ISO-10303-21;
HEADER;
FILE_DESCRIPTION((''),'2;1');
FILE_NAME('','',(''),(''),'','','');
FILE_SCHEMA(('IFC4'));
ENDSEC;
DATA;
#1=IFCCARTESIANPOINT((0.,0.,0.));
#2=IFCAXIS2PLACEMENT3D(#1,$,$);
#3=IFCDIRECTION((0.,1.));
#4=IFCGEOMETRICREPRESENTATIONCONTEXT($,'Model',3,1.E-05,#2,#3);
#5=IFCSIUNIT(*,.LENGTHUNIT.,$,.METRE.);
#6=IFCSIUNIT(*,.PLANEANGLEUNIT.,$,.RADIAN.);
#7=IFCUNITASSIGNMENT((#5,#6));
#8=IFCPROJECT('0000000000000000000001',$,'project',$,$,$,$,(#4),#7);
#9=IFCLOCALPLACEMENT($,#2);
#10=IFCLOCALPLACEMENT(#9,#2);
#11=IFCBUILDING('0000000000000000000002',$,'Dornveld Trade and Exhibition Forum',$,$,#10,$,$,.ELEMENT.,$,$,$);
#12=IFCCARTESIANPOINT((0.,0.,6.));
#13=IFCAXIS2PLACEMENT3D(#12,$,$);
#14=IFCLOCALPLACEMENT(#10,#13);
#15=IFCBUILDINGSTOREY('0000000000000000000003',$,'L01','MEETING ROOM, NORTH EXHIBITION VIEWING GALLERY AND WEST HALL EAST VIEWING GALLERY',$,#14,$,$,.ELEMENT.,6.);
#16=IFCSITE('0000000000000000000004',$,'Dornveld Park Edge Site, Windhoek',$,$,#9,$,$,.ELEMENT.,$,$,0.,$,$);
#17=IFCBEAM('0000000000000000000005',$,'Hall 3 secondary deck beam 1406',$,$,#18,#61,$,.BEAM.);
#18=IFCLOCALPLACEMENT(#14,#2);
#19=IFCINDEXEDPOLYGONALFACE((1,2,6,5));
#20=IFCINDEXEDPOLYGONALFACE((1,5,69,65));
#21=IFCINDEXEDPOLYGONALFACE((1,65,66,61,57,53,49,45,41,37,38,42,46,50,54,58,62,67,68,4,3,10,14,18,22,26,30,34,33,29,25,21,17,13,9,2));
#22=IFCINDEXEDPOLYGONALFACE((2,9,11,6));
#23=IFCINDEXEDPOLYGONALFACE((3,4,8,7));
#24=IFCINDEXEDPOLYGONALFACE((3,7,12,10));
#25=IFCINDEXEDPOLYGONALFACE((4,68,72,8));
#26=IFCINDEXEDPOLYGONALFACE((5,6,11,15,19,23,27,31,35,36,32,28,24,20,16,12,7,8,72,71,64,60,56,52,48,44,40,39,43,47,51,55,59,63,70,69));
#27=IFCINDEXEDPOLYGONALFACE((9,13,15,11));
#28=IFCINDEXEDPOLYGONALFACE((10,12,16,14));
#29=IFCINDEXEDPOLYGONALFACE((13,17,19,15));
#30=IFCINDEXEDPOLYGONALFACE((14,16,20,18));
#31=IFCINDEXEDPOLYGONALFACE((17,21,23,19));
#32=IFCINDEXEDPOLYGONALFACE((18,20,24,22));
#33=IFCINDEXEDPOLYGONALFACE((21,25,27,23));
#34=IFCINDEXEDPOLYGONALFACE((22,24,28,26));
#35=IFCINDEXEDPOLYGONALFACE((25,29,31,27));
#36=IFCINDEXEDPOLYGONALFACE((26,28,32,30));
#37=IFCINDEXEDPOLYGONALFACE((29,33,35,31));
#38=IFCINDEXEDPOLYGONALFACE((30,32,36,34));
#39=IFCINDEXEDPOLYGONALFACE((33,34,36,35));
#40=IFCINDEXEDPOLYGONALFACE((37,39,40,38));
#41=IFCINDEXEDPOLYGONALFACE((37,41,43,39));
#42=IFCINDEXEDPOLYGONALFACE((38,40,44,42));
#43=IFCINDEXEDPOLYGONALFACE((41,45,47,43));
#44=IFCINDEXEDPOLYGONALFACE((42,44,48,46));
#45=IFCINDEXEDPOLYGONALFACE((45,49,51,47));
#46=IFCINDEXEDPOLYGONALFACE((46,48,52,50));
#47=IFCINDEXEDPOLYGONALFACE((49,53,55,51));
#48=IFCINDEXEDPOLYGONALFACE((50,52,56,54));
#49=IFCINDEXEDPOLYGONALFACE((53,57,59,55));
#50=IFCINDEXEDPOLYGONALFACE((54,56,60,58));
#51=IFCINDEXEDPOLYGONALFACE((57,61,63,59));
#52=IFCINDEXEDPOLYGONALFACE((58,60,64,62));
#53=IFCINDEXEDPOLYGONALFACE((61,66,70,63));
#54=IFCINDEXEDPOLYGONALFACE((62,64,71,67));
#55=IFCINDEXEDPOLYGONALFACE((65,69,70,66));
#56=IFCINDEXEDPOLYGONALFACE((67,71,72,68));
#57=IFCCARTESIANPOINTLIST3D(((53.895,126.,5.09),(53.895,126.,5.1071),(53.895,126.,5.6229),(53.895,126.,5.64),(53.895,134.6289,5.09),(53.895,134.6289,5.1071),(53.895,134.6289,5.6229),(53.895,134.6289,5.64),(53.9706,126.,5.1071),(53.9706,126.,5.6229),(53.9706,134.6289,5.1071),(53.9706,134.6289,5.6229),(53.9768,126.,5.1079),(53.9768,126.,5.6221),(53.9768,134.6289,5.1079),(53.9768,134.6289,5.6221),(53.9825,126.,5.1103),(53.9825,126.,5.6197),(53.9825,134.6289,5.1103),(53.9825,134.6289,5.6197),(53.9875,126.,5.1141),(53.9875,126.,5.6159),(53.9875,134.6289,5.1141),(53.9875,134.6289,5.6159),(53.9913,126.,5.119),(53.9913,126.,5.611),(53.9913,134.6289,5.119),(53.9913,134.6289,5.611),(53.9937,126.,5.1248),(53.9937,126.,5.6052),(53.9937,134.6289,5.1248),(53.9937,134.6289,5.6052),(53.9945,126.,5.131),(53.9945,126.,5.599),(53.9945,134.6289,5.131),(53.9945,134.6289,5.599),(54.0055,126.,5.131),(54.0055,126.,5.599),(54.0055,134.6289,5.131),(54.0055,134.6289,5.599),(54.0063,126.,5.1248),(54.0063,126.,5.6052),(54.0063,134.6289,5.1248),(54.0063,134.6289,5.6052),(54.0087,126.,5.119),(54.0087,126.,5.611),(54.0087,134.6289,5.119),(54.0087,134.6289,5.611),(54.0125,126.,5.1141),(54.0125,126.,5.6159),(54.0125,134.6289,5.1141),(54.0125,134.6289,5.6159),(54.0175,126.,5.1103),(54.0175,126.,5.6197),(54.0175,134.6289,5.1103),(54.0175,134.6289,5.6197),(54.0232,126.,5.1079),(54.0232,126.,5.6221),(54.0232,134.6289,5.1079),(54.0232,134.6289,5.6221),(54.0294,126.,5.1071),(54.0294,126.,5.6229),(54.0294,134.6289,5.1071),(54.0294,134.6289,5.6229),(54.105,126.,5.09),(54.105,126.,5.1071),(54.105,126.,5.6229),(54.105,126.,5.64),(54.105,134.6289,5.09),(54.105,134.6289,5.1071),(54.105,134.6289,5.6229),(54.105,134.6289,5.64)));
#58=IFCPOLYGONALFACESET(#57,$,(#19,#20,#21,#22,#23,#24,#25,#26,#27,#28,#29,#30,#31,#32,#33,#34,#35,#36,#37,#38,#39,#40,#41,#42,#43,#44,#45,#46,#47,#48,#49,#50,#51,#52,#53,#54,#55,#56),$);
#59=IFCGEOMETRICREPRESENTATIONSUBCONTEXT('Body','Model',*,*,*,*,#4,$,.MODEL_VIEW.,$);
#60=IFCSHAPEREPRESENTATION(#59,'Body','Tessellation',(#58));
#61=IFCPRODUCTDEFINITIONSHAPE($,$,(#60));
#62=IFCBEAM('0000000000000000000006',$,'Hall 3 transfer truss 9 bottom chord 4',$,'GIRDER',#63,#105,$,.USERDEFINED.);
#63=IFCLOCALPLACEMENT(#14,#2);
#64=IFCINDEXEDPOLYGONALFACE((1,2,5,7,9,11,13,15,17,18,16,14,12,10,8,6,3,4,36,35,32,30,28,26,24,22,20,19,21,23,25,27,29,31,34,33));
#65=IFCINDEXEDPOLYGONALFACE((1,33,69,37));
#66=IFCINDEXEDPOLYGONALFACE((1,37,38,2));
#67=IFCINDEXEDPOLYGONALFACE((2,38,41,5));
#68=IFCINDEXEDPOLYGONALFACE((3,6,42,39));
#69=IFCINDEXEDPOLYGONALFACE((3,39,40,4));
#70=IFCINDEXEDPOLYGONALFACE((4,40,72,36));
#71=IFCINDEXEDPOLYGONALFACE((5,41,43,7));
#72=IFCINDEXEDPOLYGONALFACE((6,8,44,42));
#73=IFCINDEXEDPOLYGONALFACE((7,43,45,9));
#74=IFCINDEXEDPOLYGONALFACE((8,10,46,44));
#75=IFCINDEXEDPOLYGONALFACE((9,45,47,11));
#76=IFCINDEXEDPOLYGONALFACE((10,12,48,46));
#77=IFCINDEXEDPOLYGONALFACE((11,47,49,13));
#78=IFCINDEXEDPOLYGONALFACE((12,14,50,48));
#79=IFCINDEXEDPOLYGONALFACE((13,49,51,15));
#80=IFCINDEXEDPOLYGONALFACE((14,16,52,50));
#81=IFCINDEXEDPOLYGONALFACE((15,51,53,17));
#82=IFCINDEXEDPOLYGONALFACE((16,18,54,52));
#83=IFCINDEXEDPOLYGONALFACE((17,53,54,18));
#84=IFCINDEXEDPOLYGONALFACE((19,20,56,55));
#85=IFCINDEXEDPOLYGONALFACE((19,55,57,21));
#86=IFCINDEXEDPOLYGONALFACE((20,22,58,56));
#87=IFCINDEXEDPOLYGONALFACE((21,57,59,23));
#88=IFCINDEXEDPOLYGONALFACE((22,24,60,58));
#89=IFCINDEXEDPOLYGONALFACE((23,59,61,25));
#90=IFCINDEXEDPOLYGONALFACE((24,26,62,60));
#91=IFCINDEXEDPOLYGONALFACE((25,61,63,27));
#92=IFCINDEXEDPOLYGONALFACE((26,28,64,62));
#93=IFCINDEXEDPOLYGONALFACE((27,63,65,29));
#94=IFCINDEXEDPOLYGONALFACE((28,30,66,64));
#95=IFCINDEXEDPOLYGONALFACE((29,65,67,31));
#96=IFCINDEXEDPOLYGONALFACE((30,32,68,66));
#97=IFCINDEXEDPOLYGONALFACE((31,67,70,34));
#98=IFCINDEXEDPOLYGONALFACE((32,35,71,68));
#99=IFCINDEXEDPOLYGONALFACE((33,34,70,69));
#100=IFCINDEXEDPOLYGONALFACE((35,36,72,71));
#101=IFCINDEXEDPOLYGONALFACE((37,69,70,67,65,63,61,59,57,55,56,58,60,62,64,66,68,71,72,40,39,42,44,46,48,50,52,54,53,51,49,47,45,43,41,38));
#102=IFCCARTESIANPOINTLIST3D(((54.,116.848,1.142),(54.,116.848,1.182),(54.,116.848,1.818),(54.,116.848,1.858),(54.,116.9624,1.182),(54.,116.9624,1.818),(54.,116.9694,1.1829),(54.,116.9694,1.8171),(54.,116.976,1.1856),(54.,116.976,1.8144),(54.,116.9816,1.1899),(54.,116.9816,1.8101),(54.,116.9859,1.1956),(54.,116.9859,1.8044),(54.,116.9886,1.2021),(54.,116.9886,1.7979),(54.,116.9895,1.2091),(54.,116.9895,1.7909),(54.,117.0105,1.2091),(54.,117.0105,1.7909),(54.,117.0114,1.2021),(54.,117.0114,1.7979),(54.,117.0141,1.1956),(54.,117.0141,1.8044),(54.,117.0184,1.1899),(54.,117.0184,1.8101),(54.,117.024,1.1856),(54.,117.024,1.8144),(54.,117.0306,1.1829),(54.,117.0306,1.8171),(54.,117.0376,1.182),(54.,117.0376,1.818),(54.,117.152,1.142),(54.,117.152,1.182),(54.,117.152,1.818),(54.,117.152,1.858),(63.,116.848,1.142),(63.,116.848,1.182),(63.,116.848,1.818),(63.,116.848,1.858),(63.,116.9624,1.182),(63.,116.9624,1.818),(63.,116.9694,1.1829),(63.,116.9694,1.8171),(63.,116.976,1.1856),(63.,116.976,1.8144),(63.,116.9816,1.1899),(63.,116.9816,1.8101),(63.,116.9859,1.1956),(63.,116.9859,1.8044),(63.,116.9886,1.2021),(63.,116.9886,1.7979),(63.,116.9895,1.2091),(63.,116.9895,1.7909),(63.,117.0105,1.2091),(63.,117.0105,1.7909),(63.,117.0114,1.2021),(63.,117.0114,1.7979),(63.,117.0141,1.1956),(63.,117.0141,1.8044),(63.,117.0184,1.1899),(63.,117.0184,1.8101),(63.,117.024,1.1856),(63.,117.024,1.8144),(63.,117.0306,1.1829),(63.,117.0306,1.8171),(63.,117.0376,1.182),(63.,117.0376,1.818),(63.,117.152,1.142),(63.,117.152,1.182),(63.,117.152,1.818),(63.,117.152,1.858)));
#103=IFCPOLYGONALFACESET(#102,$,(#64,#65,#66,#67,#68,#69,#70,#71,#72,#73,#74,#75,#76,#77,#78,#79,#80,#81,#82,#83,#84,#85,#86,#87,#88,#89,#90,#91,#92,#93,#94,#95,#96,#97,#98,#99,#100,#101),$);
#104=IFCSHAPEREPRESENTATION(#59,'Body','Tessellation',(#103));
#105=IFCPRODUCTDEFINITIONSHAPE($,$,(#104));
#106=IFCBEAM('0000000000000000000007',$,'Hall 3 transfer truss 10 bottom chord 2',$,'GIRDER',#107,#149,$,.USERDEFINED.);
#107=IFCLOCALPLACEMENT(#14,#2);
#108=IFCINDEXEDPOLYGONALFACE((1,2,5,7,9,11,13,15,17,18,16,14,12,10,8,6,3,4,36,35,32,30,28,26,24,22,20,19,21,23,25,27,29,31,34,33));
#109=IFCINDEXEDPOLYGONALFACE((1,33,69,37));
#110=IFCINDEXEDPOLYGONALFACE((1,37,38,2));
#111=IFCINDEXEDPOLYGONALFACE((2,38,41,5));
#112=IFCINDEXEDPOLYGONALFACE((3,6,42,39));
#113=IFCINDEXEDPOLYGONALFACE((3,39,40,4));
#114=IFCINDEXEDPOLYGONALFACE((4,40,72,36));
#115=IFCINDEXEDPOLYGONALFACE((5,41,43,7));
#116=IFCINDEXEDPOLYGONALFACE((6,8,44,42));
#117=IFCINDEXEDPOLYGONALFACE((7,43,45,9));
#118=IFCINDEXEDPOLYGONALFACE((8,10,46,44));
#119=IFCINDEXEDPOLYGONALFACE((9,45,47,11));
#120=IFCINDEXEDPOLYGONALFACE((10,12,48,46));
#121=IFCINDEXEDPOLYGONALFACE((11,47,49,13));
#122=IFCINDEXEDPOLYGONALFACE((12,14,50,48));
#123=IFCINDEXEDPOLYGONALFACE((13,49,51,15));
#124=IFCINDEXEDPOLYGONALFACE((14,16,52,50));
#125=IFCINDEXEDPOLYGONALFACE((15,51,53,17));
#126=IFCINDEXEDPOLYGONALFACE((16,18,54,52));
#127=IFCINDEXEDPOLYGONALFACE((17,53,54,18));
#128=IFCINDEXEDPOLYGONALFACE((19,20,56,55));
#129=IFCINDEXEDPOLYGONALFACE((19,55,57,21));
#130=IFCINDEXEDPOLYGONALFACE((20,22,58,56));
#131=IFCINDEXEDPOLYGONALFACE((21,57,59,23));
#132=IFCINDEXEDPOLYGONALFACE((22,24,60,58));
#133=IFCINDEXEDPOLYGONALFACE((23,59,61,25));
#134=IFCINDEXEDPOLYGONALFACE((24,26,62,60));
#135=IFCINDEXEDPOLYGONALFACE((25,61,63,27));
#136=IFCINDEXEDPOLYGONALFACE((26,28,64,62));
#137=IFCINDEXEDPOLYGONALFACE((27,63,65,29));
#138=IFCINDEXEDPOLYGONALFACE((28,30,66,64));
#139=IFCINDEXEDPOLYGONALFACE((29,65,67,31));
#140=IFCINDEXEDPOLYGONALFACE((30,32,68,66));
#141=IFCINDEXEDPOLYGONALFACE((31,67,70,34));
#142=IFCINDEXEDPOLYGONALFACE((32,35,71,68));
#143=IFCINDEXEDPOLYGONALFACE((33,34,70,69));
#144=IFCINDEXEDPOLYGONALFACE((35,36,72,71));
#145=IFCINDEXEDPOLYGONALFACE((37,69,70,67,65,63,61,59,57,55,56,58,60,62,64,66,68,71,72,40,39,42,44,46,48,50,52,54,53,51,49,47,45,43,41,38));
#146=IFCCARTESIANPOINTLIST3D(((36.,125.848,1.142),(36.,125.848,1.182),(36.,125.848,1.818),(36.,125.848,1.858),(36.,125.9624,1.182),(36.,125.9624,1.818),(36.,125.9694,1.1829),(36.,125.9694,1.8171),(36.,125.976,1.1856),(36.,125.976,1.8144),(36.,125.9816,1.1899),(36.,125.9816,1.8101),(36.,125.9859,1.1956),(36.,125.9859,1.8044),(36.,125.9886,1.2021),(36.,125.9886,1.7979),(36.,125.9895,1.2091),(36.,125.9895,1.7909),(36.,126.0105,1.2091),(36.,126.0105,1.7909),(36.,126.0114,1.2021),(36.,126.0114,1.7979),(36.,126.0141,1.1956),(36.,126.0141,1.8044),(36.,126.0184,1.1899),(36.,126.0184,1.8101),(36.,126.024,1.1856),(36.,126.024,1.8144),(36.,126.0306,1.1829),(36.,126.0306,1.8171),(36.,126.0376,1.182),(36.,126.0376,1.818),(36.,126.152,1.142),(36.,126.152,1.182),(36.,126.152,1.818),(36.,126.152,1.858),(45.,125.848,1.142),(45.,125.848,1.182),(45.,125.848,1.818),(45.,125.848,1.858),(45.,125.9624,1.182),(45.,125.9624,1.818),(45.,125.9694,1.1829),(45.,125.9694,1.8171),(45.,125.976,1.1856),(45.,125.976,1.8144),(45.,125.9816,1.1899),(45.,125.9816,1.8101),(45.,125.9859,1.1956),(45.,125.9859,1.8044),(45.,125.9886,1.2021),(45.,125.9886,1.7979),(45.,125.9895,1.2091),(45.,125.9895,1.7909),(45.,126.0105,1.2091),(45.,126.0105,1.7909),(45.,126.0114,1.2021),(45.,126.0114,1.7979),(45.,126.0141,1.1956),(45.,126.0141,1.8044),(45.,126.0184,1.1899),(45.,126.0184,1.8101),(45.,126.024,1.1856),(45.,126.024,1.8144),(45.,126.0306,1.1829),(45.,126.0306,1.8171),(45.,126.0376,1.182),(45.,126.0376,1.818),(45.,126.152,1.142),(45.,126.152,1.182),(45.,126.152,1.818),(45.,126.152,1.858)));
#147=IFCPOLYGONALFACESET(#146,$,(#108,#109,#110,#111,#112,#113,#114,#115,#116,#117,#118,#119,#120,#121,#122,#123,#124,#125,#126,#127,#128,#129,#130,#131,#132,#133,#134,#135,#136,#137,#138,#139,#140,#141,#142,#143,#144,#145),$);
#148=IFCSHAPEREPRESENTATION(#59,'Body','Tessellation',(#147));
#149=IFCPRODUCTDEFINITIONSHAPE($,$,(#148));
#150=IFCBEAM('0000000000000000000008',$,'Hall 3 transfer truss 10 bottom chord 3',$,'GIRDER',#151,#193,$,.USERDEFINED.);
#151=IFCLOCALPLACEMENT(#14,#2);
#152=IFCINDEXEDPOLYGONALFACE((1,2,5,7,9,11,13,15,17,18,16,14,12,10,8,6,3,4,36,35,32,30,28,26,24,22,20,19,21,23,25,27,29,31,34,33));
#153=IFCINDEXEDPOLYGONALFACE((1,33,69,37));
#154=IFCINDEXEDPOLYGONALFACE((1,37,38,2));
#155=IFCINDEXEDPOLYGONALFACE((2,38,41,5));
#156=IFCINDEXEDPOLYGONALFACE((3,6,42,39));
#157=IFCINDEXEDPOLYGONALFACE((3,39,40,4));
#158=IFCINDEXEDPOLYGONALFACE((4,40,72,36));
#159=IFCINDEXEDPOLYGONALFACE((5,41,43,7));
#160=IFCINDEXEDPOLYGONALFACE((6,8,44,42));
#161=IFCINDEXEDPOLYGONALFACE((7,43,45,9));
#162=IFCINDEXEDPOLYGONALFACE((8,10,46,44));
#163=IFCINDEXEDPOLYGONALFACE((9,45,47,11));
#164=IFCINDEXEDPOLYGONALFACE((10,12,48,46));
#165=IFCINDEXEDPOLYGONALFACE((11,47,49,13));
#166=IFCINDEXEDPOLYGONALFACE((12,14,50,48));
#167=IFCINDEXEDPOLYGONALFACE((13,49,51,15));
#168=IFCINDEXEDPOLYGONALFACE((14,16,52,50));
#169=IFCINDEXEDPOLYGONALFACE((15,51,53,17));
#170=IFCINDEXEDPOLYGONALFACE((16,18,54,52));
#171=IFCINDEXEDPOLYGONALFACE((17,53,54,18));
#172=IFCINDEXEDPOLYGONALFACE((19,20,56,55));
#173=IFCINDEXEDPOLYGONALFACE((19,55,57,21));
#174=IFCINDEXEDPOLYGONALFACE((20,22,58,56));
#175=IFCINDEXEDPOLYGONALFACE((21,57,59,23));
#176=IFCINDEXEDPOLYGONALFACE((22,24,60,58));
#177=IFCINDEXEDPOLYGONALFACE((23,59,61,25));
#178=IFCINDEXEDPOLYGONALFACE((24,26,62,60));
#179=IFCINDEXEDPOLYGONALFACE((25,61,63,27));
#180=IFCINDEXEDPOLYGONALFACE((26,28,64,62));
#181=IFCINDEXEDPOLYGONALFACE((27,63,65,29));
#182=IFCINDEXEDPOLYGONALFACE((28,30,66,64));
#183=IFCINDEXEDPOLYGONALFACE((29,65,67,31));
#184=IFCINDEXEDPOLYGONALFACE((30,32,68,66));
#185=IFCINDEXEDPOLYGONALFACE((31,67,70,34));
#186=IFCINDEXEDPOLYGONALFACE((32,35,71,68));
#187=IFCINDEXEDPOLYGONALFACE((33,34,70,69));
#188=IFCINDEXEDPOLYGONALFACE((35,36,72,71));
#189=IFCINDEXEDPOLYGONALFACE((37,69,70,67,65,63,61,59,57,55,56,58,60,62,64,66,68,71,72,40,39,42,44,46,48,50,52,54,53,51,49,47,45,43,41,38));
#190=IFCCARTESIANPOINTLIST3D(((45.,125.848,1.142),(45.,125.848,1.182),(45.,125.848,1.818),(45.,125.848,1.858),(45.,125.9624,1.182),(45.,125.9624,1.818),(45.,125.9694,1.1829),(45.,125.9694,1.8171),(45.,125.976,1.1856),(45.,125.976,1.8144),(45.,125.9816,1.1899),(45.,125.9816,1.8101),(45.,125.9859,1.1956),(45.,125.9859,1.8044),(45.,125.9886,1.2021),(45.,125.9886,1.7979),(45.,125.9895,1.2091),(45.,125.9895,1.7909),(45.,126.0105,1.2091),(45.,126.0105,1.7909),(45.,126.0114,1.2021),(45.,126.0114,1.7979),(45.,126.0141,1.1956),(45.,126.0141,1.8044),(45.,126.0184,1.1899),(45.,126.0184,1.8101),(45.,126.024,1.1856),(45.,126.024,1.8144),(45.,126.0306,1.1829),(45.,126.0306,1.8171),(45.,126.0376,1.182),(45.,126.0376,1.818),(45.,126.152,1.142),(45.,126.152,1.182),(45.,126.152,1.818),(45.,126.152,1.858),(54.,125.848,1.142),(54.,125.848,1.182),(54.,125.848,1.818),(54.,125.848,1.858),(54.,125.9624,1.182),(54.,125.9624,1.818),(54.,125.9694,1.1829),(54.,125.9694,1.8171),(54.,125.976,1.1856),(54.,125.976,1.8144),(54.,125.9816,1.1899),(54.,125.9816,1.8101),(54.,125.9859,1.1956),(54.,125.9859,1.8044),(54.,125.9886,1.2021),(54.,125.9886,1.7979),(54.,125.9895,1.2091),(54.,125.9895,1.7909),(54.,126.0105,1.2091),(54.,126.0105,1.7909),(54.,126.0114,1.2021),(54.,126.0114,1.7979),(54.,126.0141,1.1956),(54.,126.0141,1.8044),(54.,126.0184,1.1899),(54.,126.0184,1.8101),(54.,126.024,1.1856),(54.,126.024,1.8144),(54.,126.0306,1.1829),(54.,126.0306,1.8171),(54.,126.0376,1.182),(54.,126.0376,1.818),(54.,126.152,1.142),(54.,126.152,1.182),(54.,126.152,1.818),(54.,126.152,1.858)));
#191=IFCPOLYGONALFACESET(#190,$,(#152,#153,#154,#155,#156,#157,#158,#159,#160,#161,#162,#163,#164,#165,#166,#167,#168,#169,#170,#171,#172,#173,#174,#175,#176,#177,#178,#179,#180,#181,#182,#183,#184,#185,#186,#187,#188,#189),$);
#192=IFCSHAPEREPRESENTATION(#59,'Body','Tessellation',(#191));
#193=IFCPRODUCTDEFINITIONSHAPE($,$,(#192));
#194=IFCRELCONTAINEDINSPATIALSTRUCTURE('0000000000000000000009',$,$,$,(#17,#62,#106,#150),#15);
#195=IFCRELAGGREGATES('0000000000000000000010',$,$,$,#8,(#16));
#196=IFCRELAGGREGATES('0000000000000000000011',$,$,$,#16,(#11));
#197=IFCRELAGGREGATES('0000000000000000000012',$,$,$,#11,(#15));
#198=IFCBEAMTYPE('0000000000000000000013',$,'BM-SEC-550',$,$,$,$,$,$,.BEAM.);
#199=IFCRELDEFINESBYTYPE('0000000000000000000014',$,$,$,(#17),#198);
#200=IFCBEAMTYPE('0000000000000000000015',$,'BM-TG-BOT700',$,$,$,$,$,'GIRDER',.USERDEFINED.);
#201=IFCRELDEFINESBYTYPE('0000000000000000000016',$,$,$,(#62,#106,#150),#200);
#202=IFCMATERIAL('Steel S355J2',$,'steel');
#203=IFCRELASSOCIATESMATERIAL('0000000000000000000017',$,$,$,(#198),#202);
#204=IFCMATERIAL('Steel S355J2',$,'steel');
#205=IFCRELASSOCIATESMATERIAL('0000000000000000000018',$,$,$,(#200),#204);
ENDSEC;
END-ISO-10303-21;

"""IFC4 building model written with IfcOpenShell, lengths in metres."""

from ifc_helpers import new_model, si_unit, direction, frame, origin, origin_2d, place, context, subcontext, project, spatial, i_section, extrude, material, material_profile, profile_set, type_object, element, save


model = new_model("IFC4")

# Units and contexts
model_context = context("Model", 3, precision=1e-05, world=origin(), true_north=direction((0.0, 1.0)))
body_context = subcontext(model_context, "Body", "Model", "MODEL_VIEW")
ifc_project = project(units=[si_unit("LENGTHUNIT", "METRE"), si_unit("PLANEANGLEUNIT", "RADIAN")], contexts=[model_context])

# Site, building, storey
site_placement = place(None, origin())
site = spatial("IfcSite", under=ifc_project, at=site_placement, Name="Dornveld Park Edge Site, Windhoek", CompositionType="ELEMENT", RefElevation=0.0)
building_placement = place(site_placement, origin())
building = spatial("IfcBuilding", under=site, at=building_placement, Name="Dornveld Trade and Exhibition Forum", CompositionType="ELEMENT")
storey_placement = place(building_placement, frame((0.0, 0.0, 6.0)))
storey = spatial("IfcBuildingStorey", under=building, at=storey_placement, Name="L01", Description="MEETING ROOM, NORTH EXHIBITION VIEWING GALLERY AND WEST HALL EAST VIEWING GALLERY", CompositionType="ELEMENT", Elevation=6.0)

# Beams
ifc_material_1 = material(Name="Steel S355J2", Category="steel")
ifc_material_profile_1 = material_profile(ifc_material_1, i_section(OverallWidth=0.21, OverallDepth=0.55, WebThickness=0.011, FlangeThickness=0.0171, FilletRadius=0.0239, at=origin_2d()), Name="IPE 550")
ifc_profile_set_1 = profile_set([ifc_material_profile_1], Name="Steel S355J2")
beam_type_1 = type_object("IfcBeamType", Name="BM-SEC-550", PredefinedType="BEAM", material=ifc_profile_set_1)
beam_1_placement = place(storey_placement, frame((54.0, 126.0, 5.365), z_axis=(0.0, 1.0, 0.0), x_axis=(-1.0, 0.0, 0.0)))
element("IfcBeam", 1, at=beam_1_placement, inside=storey, type_object=beam_type_1, Name="Hall 3 secondary deck beam 1406", PredefinedType="BEAM", context=body_context, shape_type="SweptSolid", body=[
    extrude(i_section(OverallWidth=0.21, OverallDepth=0.55, WebThickness=0.011, FlangeThickness=0.0171, FilletRadius=0.0239, at=origin_2d()), origin(), (0.0, 0.0, 1.0), 8.6289),
])
ifc_material_2 = material(Name="Steel S355J2", Category="steel")
ifc_material_profile_2 = material_profile(ifc_material_2, i_section(OverallWidth=0.304, OverallDepth=0.7161, WebThickness=0.021, FlangeThickness=0.04, FilletRadius=0.0271, at=origin_2d()), Name="HEM 700")
ifc_profile_set_2 = profile_set([ifc_material_profile_2], Name="Steel S355J2")
beam_type_2 = type_object("IfcBeamType", Name="BM-TG-BOT700", ElementType="GIRDER", PredefinedType="USERDEFINED", material=ifc_profile_set_2)
for number, where, z_axis, x_axis, name in (
    (2, (54.0, 117.0, 1.5), (1.0, 0.0, 0.0), (0.0, 1.0, 0.0), "Hall 3 transfer truss 9 bottom chord 4"),
    (3, (36.0, 126.0, 1.5), (1.0, 0.0, 0.0), (0.0, 1.0, 0.0), "Hall 3 transfer truss 10 bottom chord 2"),
    (4, (45.0, 126.0, 1.5), (1.0, 0.0, 0.0), (0.0, 1.0, 0.0), "Hall 3 transfer truss 10 bottom chord 3"),
):
    element("IfcBeam", number, at=place(storey_placement, frame(where, z_axis=z_axis, x_axis=x_axis)), inside=storey, type_object=beam_type_2, Name=name, ObjectType="GIRDER", PredefinedType="USERDEFINED", context=body_context, shape_type="SweptSolid", body=[
        extrude(i_section(OverallWidth=0.304, OverallDepth=0.7161, WebThickness=0.021, FlangeThickness=0.04, FilletRadius=0.0271, at=origin_2d()), origin(), (0.0, 0.0, 1.0), 9.0),
    ])

save(model, "model.ifc")
